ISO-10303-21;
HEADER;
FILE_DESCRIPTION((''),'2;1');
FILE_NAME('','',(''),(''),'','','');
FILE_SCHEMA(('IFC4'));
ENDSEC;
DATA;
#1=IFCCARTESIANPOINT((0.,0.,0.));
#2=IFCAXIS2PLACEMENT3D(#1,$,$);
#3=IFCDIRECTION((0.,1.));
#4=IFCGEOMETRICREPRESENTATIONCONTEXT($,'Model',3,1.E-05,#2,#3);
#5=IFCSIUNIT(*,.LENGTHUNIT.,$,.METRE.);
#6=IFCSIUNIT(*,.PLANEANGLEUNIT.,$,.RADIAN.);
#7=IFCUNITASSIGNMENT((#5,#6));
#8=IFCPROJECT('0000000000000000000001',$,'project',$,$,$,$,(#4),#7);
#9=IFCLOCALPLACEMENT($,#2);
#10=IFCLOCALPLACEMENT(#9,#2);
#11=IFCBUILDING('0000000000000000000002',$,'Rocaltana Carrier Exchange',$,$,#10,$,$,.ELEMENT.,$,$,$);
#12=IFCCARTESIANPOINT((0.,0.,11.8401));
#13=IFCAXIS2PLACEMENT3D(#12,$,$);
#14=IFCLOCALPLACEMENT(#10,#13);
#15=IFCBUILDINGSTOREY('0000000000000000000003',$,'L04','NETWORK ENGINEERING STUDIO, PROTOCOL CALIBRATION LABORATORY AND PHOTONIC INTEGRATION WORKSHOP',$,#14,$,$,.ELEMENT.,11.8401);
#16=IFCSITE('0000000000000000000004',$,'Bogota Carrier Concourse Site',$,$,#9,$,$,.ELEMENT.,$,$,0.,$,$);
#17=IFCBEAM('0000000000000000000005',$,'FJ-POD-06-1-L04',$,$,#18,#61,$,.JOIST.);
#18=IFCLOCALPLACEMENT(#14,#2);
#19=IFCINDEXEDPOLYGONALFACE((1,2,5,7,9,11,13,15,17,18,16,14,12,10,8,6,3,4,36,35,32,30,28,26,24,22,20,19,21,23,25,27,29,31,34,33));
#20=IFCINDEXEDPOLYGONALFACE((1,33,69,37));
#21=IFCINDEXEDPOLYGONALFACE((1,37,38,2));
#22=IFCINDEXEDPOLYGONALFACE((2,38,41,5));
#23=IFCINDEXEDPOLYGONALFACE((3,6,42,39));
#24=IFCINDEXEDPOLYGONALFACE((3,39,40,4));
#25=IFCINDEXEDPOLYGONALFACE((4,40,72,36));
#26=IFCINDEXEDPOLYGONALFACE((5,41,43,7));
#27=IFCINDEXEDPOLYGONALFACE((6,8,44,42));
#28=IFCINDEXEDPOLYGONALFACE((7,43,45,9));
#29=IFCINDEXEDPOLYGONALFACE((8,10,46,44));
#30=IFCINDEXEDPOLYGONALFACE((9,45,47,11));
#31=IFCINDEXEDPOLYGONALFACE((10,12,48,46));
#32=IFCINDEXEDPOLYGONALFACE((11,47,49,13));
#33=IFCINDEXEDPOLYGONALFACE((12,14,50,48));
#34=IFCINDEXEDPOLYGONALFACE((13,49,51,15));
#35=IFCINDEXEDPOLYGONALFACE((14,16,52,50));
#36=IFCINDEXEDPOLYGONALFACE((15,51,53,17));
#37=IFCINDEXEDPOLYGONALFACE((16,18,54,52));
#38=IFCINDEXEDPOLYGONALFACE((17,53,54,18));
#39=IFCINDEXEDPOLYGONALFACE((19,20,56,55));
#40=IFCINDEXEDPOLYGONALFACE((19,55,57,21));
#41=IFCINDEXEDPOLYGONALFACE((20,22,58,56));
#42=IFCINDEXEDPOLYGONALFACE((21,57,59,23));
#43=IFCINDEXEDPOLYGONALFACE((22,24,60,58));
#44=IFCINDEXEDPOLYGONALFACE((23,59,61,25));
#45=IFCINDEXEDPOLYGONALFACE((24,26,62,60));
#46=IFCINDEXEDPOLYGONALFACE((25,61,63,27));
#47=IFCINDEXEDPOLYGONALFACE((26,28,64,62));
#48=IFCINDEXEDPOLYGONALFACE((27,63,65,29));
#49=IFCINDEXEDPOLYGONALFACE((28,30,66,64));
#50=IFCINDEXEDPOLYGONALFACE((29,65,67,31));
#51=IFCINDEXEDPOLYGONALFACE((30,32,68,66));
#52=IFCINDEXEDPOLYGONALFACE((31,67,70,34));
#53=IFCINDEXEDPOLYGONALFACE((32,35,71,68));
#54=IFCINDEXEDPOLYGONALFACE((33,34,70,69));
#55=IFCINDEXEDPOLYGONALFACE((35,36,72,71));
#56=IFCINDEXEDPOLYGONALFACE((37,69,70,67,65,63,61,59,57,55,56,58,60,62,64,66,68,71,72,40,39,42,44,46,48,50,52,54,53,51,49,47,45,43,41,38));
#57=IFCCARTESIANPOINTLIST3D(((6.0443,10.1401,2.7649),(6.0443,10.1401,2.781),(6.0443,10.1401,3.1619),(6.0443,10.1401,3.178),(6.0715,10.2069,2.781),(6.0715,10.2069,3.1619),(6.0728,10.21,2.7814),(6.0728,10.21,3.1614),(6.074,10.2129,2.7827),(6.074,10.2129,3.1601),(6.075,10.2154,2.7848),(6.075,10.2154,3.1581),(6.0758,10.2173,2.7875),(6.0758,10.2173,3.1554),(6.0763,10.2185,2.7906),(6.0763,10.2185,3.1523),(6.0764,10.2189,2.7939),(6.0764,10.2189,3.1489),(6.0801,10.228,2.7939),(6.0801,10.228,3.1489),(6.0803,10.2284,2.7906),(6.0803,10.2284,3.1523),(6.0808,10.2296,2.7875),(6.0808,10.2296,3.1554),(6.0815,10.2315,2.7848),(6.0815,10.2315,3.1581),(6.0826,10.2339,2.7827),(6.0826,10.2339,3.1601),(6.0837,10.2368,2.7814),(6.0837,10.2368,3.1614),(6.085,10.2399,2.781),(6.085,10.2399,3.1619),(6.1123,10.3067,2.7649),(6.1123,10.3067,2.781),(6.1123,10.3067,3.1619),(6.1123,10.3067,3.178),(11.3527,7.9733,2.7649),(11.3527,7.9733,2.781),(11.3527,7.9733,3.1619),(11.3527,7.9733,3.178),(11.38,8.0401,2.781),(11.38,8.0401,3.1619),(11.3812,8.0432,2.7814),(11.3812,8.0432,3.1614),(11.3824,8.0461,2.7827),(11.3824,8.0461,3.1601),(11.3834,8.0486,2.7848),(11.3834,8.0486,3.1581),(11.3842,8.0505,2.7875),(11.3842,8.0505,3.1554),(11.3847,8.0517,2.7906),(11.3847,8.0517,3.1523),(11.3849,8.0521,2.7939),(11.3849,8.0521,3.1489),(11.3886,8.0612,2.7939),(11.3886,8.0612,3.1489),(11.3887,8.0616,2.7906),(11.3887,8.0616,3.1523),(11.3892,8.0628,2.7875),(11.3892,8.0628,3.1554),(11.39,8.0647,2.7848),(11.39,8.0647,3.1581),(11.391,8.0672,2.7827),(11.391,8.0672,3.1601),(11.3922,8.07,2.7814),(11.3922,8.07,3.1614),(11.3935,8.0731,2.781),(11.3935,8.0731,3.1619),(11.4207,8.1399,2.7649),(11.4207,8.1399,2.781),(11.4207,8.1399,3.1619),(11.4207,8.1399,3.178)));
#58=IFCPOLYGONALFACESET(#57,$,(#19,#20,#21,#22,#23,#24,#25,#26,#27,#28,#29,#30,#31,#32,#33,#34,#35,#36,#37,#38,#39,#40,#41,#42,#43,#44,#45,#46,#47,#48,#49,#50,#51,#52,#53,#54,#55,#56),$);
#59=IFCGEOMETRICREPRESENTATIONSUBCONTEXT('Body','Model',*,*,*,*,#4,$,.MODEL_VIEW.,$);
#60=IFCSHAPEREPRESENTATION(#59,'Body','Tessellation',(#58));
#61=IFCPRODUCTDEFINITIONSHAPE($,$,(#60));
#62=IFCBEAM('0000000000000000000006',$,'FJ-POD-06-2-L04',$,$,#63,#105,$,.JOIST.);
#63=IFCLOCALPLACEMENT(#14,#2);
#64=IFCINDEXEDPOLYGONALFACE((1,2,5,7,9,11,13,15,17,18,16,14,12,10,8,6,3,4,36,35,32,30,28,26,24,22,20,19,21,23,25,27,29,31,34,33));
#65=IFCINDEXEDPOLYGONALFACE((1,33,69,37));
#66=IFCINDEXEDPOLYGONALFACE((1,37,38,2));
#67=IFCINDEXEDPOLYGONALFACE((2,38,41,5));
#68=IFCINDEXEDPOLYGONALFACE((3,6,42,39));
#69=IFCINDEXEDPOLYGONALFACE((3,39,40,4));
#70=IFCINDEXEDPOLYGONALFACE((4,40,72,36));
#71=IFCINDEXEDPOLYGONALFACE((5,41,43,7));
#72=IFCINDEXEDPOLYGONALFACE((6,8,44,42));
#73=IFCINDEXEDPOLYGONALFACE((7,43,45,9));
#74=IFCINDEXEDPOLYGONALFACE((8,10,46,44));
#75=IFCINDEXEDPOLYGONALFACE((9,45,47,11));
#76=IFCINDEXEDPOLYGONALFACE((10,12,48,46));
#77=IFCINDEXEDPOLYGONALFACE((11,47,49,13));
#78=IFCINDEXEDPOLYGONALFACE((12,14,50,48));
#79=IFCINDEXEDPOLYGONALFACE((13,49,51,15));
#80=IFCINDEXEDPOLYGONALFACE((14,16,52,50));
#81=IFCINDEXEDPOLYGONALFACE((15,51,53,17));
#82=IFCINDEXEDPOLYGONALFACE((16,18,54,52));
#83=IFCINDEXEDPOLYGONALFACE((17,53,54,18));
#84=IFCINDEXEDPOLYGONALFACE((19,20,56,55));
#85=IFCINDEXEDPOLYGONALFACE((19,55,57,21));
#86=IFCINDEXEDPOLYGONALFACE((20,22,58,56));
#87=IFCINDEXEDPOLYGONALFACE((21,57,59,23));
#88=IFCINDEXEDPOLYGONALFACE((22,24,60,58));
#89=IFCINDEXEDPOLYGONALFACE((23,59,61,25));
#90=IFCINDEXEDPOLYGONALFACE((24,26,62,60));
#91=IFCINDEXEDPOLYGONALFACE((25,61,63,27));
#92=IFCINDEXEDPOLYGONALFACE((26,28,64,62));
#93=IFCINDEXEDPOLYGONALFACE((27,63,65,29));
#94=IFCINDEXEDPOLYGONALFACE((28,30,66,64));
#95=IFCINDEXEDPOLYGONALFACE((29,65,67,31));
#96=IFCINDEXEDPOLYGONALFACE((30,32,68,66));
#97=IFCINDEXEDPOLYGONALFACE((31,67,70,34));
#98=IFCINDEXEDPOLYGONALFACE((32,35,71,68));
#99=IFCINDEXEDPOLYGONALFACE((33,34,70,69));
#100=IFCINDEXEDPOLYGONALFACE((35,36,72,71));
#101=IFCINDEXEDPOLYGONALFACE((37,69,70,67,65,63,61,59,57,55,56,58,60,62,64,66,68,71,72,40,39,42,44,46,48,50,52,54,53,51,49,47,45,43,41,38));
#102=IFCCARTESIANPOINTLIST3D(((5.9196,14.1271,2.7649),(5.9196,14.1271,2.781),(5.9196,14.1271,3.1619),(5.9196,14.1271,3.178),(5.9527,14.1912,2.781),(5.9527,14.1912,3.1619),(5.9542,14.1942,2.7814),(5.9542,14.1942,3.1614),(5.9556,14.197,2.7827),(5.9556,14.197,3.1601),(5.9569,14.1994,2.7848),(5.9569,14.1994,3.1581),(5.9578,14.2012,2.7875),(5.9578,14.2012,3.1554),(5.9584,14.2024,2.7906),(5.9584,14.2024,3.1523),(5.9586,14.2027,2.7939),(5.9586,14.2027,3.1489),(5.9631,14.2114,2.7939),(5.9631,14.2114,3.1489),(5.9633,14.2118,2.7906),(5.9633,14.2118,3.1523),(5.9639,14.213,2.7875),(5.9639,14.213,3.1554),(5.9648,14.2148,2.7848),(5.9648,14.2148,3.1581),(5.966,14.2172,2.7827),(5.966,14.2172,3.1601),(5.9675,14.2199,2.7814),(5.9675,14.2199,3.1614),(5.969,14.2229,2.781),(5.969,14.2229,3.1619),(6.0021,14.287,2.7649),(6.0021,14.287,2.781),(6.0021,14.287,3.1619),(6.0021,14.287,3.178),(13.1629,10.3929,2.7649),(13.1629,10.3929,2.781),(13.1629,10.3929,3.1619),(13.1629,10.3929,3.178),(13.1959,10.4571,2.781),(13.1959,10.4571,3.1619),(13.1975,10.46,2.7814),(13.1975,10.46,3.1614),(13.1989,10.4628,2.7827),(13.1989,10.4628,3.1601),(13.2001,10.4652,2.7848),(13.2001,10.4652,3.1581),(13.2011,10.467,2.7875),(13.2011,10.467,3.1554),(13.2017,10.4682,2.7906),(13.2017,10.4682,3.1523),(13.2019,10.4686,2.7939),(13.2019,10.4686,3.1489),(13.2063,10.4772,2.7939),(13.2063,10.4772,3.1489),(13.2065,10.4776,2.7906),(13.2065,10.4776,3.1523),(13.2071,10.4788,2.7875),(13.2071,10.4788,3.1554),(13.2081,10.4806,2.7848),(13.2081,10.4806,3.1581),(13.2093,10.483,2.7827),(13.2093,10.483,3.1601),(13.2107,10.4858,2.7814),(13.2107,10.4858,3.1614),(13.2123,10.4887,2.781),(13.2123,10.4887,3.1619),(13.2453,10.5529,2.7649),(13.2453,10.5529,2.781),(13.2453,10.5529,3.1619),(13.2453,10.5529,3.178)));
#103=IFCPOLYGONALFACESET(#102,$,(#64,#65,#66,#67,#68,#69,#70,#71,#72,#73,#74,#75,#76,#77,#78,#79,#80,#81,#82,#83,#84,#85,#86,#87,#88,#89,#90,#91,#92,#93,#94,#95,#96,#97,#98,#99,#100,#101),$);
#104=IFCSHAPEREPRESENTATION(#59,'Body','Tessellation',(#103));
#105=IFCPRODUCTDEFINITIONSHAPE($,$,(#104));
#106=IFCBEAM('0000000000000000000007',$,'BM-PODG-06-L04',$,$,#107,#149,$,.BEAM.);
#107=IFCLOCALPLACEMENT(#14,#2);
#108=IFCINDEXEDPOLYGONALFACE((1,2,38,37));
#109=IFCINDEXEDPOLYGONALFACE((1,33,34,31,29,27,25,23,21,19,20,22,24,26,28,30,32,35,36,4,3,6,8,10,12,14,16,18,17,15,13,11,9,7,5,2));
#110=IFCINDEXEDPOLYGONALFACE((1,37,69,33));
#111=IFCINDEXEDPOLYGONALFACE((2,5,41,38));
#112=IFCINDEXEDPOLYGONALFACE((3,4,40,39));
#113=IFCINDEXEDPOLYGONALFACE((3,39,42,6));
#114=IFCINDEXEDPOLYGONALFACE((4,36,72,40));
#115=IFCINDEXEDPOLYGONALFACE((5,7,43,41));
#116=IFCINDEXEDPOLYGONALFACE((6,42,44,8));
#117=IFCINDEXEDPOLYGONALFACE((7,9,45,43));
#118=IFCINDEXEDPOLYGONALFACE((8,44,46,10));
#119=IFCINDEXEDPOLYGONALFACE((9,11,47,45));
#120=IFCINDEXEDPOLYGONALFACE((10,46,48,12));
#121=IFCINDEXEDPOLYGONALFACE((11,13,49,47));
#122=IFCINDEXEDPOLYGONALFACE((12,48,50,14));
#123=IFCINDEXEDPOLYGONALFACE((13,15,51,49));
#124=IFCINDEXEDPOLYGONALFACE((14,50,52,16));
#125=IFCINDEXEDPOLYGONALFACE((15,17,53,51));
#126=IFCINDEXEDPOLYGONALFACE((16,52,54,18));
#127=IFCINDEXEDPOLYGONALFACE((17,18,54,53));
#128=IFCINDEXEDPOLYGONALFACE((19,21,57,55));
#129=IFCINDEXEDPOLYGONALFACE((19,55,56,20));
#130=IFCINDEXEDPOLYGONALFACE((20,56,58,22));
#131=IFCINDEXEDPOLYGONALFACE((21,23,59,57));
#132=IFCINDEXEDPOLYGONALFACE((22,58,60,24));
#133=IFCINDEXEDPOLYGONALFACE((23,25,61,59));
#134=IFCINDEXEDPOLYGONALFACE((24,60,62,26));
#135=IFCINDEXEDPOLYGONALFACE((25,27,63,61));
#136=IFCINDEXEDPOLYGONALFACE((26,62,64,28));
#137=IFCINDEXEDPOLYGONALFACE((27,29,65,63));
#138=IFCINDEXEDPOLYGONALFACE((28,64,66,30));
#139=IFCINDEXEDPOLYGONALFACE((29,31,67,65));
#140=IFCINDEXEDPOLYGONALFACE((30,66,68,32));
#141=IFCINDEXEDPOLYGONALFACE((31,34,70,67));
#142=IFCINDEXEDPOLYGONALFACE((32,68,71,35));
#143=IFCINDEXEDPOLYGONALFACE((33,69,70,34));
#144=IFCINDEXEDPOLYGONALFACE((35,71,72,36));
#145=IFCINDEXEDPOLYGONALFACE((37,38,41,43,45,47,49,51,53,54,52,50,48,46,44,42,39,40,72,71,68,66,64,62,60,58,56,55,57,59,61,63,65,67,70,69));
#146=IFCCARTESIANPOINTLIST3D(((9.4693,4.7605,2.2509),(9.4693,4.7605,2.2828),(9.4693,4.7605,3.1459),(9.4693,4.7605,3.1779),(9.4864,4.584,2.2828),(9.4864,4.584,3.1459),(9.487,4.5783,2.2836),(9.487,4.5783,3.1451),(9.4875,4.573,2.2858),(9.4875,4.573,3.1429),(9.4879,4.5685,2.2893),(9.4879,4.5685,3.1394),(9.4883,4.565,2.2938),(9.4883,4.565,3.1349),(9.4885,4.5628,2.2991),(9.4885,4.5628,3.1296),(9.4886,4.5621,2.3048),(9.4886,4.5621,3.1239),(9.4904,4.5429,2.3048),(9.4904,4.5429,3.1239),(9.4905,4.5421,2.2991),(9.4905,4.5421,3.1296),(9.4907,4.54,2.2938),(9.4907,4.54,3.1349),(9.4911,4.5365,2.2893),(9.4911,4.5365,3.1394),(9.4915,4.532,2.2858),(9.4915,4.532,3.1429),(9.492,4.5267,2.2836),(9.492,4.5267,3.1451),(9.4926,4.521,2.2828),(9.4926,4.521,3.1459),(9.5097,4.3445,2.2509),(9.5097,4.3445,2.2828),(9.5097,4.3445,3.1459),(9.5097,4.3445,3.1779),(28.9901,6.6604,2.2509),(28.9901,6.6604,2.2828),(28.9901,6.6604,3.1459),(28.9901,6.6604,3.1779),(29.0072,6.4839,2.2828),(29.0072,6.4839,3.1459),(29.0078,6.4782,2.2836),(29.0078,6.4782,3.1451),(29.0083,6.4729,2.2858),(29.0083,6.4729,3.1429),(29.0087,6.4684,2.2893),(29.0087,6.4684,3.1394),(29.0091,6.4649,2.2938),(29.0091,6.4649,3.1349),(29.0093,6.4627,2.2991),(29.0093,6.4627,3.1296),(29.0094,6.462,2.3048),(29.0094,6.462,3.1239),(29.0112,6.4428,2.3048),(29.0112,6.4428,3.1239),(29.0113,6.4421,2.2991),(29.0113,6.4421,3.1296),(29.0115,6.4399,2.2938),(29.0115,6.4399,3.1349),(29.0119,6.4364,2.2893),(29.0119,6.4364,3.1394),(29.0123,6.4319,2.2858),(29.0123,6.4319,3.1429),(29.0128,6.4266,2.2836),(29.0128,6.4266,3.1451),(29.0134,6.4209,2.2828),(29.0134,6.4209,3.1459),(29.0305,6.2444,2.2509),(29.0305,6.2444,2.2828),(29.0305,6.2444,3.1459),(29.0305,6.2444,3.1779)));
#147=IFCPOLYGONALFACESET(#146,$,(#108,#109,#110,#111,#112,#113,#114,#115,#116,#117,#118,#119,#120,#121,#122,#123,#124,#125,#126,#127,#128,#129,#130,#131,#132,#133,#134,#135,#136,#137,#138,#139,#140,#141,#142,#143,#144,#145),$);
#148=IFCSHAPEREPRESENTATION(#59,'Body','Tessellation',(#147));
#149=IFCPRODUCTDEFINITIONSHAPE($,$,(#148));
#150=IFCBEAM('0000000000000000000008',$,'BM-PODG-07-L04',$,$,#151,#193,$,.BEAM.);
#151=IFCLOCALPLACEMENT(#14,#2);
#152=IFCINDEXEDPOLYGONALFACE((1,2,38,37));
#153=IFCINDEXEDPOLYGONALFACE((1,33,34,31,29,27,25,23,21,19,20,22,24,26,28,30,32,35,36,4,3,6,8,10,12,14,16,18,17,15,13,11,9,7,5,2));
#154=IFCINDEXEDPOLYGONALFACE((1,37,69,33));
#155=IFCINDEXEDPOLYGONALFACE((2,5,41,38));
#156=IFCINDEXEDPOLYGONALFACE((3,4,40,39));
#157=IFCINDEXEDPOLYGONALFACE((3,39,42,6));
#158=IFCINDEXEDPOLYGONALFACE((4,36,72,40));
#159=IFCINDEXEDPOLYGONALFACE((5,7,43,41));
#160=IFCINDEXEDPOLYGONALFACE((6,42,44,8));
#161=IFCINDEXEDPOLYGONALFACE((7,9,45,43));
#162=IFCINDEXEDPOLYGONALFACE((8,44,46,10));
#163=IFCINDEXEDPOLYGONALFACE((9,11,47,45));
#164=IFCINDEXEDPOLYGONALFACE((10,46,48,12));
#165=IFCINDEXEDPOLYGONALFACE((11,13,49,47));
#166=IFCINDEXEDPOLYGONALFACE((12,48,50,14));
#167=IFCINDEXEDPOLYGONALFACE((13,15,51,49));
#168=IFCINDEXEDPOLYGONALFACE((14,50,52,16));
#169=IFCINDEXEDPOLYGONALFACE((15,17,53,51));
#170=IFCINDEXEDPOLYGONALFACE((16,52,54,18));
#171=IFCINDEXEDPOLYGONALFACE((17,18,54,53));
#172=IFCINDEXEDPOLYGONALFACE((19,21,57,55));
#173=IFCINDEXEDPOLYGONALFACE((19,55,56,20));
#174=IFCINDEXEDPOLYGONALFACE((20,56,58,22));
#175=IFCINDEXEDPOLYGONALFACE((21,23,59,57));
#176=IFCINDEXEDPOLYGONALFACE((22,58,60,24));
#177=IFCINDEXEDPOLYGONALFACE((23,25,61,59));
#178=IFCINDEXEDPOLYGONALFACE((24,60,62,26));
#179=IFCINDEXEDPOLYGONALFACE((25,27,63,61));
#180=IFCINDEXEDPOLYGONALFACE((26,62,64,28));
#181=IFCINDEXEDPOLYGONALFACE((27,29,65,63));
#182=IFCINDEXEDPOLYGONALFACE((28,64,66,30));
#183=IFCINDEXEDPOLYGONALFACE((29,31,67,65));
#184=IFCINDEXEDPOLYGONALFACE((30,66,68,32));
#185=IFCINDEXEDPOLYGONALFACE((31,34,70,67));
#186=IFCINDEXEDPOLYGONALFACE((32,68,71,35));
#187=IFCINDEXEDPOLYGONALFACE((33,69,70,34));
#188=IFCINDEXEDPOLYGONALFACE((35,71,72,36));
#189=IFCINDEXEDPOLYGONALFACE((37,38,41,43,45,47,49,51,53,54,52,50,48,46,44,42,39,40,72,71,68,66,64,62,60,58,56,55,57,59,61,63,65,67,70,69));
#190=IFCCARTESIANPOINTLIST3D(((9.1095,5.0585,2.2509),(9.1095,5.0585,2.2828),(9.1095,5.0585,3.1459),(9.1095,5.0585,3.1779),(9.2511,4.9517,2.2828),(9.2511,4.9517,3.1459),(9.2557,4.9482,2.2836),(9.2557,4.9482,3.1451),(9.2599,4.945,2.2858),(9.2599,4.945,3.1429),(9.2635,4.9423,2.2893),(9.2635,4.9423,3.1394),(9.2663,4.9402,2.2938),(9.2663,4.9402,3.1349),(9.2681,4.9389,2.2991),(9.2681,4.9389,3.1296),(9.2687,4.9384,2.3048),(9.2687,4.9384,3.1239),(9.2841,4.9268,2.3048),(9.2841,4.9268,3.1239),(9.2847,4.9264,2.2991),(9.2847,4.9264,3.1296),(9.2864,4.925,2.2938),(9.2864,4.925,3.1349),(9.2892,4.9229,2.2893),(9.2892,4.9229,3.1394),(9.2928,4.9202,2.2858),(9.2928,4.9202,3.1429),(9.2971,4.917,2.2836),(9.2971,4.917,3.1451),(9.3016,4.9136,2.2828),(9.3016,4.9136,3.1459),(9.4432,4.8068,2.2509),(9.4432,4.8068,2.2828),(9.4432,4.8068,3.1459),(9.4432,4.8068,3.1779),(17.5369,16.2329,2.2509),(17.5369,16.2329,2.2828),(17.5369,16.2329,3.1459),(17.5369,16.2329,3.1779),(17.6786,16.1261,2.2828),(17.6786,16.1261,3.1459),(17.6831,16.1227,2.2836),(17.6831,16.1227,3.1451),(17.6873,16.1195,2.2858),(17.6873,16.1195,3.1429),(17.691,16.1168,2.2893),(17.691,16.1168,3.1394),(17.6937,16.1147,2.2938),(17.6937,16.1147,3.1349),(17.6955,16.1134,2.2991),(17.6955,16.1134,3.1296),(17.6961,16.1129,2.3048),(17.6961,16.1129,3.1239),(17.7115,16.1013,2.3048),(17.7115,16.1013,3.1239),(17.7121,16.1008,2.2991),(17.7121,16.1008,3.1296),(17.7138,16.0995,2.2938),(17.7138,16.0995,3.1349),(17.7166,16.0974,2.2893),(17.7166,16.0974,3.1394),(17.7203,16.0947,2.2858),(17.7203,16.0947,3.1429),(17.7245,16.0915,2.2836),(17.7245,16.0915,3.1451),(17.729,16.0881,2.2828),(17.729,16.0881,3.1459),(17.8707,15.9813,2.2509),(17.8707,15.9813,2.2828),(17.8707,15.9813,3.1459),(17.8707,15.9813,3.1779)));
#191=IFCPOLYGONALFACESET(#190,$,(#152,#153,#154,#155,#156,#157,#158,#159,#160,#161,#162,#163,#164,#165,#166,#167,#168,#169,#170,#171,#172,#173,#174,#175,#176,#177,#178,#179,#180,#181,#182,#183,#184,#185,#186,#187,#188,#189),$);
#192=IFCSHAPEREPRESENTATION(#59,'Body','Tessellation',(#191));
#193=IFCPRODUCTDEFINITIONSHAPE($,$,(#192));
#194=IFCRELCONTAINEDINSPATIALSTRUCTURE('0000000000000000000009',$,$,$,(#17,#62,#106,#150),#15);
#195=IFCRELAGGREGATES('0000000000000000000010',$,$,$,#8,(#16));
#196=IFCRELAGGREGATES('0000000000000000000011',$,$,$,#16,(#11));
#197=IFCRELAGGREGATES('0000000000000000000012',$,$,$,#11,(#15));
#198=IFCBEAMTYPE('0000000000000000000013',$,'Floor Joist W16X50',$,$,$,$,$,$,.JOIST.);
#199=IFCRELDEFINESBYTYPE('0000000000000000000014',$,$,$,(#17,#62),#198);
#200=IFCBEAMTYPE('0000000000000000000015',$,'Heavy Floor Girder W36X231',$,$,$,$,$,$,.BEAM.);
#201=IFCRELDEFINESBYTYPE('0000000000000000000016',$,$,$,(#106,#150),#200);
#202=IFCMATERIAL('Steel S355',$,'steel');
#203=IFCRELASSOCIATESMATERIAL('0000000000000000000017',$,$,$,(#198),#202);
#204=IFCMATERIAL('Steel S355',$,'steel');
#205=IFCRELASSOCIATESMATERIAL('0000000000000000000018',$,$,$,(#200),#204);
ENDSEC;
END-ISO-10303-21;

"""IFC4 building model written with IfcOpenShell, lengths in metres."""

from ifc_helpers import new_model, si_unit, direction, frame, origin, origin_2d, place, context, subcontext, project, spatial, i_section, extrude, material, material_profile, profile_set, type_object, element, save


model = new_model("IFC4")

# Units and contexts
model_context = context("Model", 3, precision=1e-05, world=origin(), true_north=direction((0.0, 1.0)))
body_context = subcontext(model_context, "Body", "Model", "MODEL_VIEW")
ifc_project = project(units=[si_unit("LENGTHUNIT", "METRE"), si_unit("PLANEANGLEUNIT", "RADIAN")], contexts=[model_context])

# Site, building, storey
site_placement = place(None, origin())
site = spatial("IfcSite", under=ifc_project, at=site_placement, Name="Bogota Carrier Concourse Site", CompositionType="ELEMENT", RefElevation=0.0)
building_placement = place(site_placement, origin())
building = spatial("IfcBuilding", under=site, at=building_placement, Name="Rocaltana Carrier Exchange", CompositionType="ELEMENT")
storey_placement = place(building_placement, frame((0.0, 0.0, 11.8401)))
storey = spatial("IfcBuildingStorey", under=building, at=storey_placement, Name="L04", Description="NETWORK ENGINEERING STUDIO, PROTOCOL CALIBRATION LABORATORY AND PHOTONIC INTEGRATION WORKSHOP", CompositionType="ELEMENT", Elevation=11.8401)

# Beams
ifc_material_1 = material(Name="Steel S355", Category="steel")
ifc_material_profile_1 = material_profile(ifc_material_1, i_section(OverallWidth=0.1799, OverallDepth=0.4131, WebThickness=0.0098, FlangeThickness=0.0161, FilletRadius=0.0129, at=origin_2d()), Name="W16X50")
ifc_profile_set_1 = profile_set([ifc_material_profile_1], Name="Steel S355")
beam_type_1 = type_object("IfcBeamType", Name="Floor Joist W16X50", PredefinedType="JOIST", material=ifc_profile_set_1)
beam_1_placement = place(storey_placement, frame((11.3867, 8.0566, 2.9714), z_axis=(-0.925843, 0.377908, 0.0), x_axis=(-0.377908, -0.925843, 0.0)))
element("IfcBeam", 1, at=beam_1_placement, inside=storey, type_object=beam_type_1, Name="FJ-POD-06-1-L04", PredefinedType="JOIST", context=body_context, shape_type="SweptSolid", body=[
    extrude(i_section(OverallWidth=0.1799, OverallDepth=0.4131, WebThickness=0.0098, FlangeThickness=0.0161, FilletRadius=0.0129, at=origin_2d()), origin(), (0.0, 0.0, 1.0), 5.7336),
])
beam_2_placement = place(storey_placement, frame((13.2041, 10.4729, 2.9714), z_axis=(-0.888834, 0.458228, 0.0), x_axis=(-0.458228, -0.888834, 0.0)))
element("IfcBeam", 2, at=beam_2_placement, inside=storey, type_object=beam_type_1, Name="FJ-POD-06-2-L04", PredefinedType="JOIST", context=body_context, shape_type="SweptSolid", body=[
    extrude(i_section(OverallWidth=0.1799, OverallDepth=0.4131, WebThickness=0.0098, FlangeThickness=0.0161, FilletRadius=0.0129, at=origin_2d()), origin(), (0.0, 0.0, 1.0), 8.1492),
])
ifc_material_2 = material(Name="Steel S355", Category="steel")
ifc_material_profile_2 = material_profile(ifc_material_2, i_section(OverallWidth=0.418, OverallDepth=0.927, WebThickness=0.0193, FlangeThickness=0.032, FilletRadius=0.022, at=origin_2d()), Name="W36X231")
ifc_profile_set_2 = profile_set([ifc_material_profile_2], Name="Steel S355")
beam_type_2 = type_object("IfcBeamType", Name="Heavy Floor Girder W36X231", PredefinedType="BEAM", material=ifc_profile_set_2)
beam_3_placement = place(storey_placement, frame((9.4895, 4.5525, 2.7144), z_axis=(0.995297, 0.09687, 0.0), x_axis=(-0.09687, 0.995297, 0.0)))
element("IfcBeam", 3, at=beam_3_placement, inside=storey, type_object=beam_type_2, Name="BM-PODG-06-L04", PredefinedType="BEAM", context=body_context, shape_type="SweptSolid", body=[
    extrude(i_section(OverallWidth=0.418, OverallDepth=0.927, WebThickness=0.0193, FlangeThickness=0.032, FilletRadius=0.022, at=origin_2d()), origin(), (0.0, 0.0, 1.0), 19.613),
])
beam_4_placement = place(storey_placement, frame((9.2764, 4.9326, 2.7144), z_axis=(0.602127, 0.7984, 0.0), x_axis=(-0.7984, 0.602127, 0.0)))
element("IfcBeam", 4, at=beam_4_placement, inside=storey, type_object=beam_type_2, Name="BM-PODG-07-L04", PredefinedType="BEAM", context=body_context, shape_type="SweptSolid", body=[
    extrude(i_section(OverallWidth=0.418, OverallDepth=0.927, WebThickness=0.0193, FlangeThickness=0.032, FilletRadius=0.022, at=origin_2d()), origin(), (0.0, 0.0, 1.0), 13.9961),
])

save(model, "model.ifc")
